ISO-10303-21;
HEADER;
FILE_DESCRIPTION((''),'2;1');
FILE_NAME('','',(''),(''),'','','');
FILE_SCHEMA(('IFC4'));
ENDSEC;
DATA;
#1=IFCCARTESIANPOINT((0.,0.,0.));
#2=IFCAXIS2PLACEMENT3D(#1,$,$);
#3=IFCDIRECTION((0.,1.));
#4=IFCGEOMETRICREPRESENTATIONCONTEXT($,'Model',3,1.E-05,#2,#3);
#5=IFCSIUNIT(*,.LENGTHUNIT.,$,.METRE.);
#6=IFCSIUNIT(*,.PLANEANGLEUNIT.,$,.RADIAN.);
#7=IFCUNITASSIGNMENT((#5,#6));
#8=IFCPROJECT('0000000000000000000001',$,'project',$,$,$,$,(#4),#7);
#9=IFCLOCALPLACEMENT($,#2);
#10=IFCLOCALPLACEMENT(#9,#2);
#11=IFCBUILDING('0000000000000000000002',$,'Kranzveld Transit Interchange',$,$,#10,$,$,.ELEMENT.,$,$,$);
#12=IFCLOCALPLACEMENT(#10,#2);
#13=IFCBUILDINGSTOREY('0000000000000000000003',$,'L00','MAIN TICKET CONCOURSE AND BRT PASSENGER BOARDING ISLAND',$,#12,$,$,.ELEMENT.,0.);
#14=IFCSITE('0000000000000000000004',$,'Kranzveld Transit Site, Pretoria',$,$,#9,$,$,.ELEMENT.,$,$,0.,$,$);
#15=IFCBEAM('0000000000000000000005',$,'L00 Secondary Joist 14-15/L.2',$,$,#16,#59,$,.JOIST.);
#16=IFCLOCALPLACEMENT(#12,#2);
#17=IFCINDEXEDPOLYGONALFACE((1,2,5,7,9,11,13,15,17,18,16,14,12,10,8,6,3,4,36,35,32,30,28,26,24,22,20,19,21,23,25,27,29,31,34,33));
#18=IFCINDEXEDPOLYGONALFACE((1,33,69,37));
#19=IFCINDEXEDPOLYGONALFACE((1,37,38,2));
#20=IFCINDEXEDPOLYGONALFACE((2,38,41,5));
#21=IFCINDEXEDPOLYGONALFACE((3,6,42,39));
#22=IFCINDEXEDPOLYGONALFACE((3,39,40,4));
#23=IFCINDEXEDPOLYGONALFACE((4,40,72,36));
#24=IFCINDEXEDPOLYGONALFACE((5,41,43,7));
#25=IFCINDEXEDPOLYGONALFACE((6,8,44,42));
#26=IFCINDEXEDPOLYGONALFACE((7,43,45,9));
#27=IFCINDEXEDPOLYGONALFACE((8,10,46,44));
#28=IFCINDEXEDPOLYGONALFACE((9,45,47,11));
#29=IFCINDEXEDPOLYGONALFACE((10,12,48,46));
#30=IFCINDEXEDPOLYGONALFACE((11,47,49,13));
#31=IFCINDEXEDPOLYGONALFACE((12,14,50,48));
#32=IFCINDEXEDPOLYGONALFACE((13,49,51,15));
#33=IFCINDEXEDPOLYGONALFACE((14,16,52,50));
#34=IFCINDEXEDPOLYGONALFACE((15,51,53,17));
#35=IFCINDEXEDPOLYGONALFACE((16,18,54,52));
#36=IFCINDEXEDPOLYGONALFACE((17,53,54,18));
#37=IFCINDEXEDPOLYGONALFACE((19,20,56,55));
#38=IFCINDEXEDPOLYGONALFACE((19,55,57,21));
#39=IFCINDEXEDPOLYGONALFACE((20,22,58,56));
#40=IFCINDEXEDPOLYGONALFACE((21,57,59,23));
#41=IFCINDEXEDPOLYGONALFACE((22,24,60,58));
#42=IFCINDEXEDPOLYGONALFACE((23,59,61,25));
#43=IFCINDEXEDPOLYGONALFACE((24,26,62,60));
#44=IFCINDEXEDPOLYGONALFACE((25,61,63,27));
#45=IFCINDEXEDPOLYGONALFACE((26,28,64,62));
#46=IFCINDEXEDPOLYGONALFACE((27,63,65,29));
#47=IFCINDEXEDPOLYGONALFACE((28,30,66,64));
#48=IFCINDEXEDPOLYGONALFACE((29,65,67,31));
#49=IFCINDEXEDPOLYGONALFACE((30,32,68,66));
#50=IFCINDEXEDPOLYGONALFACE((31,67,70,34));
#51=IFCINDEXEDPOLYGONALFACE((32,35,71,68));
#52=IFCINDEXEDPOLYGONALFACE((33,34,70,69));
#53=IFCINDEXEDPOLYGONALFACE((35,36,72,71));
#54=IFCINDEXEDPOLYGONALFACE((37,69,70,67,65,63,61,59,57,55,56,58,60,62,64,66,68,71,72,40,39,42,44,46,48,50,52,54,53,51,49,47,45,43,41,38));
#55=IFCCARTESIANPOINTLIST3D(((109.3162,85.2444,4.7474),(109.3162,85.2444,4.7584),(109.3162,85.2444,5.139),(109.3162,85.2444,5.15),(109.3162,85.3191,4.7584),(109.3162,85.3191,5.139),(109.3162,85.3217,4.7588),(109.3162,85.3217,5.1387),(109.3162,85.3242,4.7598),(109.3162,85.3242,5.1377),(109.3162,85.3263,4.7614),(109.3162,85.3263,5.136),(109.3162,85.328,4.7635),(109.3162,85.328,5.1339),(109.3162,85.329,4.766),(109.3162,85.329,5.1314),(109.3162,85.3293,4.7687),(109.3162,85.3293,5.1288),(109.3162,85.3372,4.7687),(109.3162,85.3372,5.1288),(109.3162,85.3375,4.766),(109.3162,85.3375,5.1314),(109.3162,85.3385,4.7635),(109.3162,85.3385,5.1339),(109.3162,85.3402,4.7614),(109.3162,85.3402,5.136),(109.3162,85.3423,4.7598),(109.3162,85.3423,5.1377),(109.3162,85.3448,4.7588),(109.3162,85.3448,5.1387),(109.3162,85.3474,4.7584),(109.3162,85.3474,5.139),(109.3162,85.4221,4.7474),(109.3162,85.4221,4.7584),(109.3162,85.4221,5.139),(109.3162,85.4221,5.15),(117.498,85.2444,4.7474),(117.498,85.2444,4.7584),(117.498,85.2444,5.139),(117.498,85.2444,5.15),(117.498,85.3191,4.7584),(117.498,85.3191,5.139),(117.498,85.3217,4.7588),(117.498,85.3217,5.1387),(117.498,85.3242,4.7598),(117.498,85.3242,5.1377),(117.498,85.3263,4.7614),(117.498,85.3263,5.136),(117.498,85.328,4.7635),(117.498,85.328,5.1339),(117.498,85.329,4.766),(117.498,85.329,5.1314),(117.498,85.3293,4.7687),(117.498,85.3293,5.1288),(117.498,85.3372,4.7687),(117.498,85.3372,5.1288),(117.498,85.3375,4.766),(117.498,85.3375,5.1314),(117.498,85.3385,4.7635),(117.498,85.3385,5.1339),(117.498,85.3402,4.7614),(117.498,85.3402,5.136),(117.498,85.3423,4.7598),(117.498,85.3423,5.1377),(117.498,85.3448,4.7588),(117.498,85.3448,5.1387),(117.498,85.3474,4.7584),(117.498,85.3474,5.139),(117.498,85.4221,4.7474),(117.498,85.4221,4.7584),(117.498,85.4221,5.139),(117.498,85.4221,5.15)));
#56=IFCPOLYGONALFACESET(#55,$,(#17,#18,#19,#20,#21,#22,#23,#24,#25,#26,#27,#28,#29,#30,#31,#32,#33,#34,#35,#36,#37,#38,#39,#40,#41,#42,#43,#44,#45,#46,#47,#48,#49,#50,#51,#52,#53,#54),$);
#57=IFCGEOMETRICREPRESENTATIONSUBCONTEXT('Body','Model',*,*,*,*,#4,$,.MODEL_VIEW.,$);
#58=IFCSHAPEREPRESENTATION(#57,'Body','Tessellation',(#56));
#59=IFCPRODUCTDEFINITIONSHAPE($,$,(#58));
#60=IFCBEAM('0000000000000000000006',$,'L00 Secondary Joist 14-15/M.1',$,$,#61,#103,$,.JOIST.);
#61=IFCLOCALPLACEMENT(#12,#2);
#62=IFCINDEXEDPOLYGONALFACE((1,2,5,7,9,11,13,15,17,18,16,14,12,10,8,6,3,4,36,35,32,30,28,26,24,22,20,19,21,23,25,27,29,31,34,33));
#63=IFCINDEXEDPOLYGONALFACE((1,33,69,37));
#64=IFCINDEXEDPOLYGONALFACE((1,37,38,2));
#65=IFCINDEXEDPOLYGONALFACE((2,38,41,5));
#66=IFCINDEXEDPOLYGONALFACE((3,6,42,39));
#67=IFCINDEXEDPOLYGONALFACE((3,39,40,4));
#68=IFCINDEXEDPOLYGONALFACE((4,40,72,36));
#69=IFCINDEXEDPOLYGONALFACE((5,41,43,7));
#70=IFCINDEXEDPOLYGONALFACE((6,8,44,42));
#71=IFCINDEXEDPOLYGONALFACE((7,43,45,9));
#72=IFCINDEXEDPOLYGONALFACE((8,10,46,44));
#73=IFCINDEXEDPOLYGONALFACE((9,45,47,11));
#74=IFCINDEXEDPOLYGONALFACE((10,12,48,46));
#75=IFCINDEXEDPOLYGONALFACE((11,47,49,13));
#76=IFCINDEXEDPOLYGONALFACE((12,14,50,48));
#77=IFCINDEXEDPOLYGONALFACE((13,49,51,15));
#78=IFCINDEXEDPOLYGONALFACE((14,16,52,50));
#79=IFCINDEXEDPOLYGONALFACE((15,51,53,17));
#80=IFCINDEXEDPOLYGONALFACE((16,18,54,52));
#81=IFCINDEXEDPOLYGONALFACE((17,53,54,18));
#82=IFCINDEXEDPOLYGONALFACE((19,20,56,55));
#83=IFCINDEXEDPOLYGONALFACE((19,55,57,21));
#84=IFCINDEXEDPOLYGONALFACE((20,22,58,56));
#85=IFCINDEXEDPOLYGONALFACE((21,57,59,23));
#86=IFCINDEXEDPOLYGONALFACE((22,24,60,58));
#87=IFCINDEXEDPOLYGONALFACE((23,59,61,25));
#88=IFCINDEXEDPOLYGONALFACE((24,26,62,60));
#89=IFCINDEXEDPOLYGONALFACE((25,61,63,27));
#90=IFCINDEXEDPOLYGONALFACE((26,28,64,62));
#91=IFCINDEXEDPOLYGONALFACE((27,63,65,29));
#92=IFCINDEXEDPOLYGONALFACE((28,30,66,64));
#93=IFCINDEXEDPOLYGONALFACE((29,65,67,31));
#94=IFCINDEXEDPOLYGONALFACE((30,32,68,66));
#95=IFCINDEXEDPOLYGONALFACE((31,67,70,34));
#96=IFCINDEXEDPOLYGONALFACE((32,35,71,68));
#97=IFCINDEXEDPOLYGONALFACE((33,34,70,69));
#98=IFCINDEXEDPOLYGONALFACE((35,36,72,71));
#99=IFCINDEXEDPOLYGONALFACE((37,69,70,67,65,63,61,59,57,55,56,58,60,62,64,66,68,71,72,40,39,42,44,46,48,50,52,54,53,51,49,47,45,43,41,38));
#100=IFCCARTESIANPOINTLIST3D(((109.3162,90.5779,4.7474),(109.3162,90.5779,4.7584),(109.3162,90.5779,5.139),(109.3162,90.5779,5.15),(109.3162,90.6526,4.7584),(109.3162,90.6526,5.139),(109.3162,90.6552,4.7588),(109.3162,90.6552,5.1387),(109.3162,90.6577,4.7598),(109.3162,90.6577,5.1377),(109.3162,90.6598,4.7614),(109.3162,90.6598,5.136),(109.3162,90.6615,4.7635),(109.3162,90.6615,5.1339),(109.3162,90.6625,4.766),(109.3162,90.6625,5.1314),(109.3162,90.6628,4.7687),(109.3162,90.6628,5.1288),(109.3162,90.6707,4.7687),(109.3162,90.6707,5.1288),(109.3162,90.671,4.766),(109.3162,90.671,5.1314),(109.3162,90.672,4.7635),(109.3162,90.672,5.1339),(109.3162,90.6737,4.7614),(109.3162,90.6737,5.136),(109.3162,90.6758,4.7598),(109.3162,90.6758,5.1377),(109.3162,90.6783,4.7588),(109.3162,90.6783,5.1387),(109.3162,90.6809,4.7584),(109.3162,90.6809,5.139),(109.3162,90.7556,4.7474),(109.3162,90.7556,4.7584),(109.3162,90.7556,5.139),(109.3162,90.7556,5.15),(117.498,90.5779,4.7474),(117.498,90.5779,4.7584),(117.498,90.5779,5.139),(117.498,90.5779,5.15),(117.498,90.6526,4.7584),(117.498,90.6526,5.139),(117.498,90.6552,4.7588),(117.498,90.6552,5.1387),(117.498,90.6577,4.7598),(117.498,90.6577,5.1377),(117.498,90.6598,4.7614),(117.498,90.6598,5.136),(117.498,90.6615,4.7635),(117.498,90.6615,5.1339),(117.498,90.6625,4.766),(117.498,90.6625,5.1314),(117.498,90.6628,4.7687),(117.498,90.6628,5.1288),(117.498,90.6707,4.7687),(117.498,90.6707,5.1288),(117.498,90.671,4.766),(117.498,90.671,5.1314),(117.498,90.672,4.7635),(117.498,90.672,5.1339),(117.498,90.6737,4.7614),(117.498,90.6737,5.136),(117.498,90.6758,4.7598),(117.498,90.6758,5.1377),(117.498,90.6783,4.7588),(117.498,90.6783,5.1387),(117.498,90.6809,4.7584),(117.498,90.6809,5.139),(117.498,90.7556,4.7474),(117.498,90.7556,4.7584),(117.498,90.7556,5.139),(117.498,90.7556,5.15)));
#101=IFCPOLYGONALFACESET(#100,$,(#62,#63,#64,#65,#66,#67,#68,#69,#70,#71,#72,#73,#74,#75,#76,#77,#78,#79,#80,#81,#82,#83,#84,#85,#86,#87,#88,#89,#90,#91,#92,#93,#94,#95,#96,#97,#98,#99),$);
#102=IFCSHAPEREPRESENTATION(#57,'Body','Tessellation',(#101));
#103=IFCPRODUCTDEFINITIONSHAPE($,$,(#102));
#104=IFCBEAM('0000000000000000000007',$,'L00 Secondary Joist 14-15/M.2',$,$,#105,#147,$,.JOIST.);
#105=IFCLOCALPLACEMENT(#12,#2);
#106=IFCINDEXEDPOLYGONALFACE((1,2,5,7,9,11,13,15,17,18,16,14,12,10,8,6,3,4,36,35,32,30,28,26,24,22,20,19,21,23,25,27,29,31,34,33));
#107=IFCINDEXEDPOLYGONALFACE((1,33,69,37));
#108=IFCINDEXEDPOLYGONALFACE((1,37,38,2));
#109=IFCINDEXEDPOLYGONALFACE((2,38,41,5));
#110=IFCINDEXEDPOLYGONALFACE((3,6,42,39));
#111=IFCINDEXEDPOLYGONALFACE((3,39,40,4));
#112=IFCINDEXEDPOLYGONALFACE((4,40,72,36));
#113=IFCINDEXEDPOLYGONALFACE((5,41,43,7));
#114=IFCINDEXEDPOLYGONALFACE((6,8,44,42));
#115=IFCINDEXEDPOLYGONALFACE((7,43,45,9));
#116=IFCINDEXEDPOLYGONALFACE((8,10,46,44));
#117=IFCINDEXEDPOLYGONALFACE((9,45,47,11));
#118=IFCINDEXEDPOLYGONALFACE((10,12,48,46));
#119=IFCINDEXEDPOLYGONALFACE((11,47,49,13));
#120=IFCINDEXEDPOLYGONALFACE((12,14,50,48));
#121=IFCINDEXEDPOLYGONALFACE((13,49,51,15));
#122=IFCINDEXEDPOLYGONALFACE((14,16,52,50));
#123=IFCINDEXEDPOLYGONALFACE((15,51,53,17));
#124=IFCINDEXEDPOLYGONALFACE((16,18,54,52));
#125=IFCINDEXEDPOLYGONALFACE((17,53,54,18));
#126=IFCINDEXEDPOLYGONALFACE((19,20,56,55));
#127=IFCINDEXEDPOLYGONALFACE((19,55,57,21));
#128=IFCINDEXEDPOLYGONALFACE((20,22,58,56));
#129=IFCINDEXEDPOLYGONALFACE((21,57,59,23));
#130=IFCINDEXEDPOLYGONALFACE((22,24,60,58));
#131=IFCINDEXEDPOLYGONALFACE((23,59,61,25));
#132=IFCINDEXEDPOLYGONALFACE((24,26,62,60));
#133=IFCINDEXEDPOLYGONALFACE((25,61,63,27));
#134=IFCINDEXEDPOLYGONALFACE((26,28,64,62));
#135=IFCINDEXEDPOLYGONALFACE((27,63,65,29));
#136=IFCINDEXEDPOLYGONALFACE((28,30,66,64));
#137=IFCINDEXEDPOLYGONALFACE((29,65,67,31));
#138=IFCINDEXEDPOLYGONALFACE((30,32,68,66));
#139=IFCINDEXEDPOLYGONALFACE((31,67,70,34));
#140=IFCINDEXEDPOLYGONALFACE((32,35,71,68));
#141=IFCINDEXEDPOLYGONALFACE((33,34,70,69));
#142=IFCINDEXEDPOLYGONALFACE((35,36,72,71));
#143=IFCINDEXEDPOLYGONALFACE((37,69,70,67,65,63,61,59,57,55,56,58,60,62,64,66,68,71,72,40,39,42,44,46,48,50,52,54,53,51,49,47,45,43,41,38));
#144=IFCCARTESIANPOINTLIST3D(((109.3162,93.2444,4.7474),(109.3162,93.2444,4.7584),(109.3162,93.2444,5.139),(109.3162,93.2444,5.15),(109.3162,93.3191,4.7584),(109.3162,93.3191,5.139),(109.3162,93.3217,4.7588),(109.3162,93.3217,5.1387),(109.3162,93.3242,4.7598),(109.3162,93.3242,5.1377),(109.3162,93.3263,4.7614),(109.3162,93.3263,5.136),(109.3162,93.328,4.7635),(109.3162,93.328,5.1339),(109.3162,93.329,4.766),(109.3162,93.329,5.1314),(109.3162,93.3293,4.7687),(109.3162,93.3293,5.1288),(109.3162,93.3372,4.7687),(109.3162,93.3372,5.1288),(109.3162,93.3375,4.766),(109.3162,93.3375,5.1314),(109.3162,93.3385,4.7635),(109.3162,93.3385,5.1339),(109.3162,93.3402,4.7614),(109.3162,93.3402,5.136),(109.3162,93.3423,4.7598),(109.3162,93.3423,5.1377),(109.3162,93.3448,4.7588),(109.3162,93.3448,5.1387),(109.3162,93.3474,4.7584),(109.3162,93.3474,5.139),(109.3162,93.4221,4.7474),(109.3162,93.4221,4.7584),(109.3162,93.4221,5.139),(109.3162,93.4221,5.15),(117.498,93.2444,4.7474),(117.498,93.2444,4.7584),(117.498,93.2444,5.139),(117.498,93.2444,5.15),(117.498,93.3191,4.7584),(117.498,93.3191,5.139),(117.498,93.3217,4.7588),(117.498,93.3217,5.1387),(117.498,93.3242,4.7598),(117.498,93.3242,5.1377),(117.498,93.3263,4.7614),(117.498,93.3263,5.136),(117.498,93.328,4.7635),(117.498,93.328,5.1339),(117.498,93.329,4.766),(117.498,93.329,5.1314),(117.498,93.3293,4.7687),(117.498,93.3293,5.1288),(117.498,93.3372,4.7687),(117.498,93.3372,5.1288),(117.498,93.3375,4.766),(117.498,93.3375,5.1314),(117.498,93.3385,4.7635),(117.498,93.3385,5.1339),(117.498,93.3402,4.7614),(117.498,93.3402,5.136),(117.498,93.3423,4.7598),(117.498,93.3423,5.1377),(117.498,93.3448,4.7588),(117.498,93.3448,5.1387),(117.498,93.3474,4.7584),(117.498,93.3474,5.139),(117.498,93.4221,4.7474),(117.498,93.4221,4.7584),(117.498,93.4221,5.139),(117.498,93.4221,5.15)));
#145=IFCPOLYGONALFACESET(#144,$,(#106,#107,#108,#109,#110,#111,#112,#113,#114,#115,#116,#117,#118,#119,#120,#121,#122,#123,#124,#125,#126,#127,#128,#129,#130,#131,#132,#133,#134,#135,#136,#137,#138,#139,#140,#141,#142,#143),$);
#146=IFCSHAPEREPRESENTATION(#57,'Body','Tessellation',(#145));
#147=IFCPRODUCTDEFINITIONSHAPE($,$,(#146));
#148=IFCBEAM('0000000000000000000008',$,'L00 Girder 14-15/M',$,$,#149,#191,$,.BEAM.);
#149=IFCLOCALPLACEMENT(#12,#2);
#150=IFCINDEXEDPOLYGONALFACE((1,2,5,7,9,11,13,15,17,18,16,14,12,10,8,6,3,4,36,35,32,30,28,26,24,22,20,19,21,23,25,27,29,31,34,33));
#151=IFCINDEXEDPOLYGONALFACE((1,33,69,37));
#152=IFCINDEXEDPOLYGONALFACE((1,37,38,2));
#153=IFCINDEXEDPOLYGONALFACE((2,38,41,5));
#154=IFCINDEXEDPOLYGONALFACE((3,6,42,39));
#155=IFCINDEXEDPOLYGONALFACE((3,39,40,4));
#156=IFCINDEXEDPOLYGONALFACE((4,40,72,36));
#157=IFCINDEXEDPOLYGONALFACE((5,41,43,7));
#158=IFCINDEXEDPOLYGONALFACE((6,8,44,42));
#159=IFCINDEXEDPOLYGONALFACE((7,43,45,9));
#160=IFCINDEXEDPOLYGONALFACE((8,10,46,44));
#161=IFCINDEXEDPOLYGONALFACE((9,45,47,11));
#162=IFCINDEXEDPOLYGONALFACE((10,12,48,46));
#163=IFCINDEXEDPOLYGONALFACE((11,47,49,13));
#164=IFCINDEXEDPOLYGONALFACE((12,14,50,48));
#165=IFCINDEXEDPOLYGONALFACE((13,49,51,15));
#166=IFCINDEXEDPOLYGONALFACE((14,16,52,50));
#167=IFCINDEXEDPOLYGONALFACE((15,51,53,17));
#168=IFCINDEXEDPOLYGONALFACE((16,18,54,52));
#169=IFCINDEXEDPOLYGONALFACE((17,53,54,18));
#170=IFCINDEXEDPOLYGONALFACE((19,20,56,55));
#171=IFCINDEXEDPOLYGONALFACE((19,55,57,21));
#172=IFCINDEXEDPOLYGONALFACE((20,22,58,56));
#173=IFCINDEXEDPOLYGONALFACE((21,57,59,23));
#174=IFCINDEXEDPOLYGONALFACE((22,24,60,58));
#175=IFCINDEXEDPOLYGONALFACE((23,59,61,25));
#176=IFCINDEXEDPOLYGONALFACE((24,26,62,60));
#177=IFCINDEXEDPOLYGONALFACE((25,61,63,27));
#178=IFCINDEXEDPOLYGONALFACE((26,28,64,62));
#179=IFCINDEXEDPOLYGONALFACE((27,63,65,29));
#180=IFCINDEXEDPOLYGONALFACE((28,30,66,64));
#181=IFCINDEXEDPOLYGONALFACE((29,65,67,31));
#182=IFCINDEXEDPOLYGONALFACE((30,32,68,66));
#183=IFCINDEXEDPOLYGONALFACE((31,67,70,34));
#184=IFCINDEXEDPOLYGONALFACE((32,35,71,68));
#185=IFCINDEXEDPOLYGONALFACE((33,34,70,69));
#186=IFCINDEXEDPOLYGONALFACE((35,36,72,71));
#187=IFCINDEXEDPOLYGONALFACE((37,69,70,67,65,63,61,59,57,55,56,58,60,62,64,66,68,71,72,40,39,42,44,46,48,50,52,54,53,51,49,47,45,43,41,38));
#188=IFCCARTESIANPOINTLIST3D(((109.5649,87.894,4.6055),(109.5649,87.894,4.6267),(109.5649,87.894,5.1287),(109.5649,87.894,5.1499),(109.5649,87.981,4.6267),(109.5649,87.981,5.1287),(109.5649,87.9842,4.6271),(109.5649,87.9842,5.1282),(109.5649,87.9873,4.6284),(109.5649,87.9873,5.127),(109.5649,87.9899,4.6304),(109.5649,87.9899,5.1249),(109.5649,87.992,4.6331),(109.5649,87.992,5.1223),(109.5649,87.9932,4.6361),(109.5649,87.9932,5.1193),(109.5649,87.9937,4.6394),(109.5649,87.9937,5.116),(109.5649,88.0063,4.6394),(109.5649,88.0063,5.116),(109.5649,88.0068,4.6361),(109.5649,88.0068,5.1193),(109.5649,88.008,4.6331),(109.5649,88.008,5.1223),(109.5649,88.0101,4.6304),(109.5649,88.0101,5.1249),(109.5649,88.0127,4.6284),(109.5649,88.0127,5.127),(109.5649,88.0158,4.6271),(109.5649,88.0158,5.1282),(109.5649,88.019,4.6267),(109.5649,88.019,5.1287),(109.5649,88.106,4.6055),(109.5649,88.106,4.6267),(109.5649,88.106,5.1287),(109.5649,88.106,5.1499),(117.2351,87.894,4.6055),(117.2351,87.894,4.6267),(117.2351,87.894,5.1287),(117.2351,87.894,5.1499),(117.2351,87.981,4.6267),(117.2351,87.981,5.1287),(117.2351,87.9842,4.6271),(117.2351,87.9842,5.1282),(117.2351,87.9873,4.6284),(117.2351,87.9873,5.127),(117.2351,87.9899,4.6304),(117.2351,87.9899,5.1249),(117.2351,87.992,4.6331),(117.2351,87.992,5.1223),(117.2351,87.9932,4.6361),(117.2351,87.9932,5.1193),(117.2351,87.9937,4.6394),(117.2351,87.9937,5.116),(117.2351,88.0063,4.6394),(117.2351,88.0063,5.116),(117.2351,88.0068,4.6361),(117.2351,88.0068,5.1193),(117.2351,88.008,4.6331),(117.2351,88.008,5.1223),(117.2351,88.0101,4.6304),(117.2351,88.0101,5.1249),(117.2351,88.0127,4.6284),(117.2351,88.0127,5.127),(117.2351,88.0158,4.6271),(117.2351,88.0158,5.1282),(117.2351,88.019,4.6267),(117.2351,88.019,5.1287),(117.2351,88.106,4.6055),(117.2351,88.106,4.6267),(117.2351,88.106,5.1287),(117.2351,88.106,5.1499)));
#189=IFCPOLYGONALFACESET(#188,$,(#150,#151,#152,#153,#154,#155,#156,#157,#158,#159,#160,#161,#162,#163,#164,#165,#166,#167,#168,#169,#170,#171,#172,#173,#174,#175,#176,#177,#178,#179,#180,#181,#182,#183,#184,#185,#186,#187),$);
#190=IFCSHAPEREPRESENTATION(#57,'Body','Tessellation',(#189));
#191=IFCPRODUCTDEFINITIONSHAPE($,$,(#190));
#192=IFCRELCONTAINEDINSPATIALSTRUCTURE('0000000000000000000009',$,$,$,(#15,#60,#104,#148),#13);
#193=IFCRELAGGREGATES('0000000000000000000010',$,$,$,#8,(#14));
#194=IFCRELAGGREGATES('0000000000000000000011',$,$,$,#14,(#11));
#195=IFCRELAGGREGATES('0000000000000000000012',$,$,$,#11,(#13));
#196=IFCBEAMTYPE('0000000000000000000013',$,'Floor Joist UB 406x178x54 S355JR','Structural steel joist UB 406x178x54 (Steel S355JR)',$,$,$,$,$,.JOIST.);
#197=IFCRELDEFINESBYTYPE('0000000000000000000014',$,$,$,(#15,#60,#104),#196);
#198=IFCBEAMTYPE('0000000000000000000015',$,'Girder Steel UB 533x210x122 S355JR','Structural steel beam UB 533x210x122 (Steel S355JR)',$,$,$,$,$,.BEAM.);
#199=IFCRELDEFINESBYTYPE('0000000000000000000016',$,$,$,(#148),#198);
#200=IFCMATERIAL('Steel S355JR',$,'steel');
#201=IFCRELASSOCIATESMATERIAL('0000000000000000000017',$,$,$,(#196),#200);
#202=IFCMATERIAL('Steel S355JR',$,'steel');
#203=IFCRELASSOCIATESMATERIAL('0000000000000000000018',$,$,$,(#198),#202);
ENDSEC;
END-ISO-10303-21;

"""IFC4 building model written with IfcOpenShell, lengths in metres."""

from ifc_helpers import new_model, si_unit, direction, frame, origin, origin_2d, place, context, subcontext, project, spatial, i_section, extrude, material, material_profile, profile_set, type_object, element, save


model = new_model("IFC4")

# Units and contexts
model_context = context("Model", 3, precision=1e-05, world=origin(), true_north=direction((0.0, 1.0)))
body_context = subcontext(model_context, "Body", "Model", "MODEL_VIEW")
ifc_project = project(units=[si_unit("LENGTHUNIT", "METRE"), si_unit("PLANEANGLEUNIT", "RADIAN")], contexts=[model_context])

# Site, building, storey
site_placement = place(None, origin())
site = spatial("IfcSite", under=ifc_project, at=site_placement, Name="Kranzveld Transit Site, Pretoria", CompositionType="ELEMENT", RefElevation=0.0)
building_placement = place(site_placement, origin())
building = spatial("IfcBuilding", under=site, at=building_placement, Name="Kranzveld Transit Interchange", CompositionType="ELEMENT")
storey_placement = place(building_placement, origin())
storey = spatial("IfcBuildingStorey", under=building, at=storey_placement, Name="L00", Description="MAIN TICKET CONCOURSE AND BRT PASSENGER BOARDING ISLAND", CompositionType="ELEMENT", Elevation=0.0)

# Beams
ifc_material_1 = material(Name="Steel S355JR", Category="steel")
ifc_material_profile_1 = material_profile(ifc_material_1, i_section(OverallWidth=0.1777, OverallDepth=0.4026, WebThickness=0.0078, FlangeThickness=0.011, FilletRadius=0.0103, at=origin_2d()), Name="UB 406x178x54")
ifc_profile_set_1 = profile_set([ifc_material_profile_1], Name="Steel S355JR")
beam_type_1 = type_object("IfcBeamType", Name="Floor Joist UB 406x178x54 S355JR", Description="Structural steel joist UB 406x178x54 (Steel S355JR)", PredefinedType="JOIST", material=ifc_profile_set_1)
for number, where, z_axis, x_axis, name in (
    (1, (109.3162, 85.3333, 4.9487), (1.0, 0.0, 0.0), (0.0, 1.0, 0.0), "L00 Secondary Joist 14-15/L.2"),
    (2, (109.3162, 90.6667, 4.9487), (1.0, 0.0, 0.0), (0.0, 1.0, 0.0), "L00 Secondary Joist 14-15/M.1"),
    (3, (109.3162, 93.3333, 4.9487), (1.0, 0.0, 0.0), (0.0, 1.0, 0.0), "L00 Secondary Joist 14-15/M.2"),
):
    element("IfcBeam", number, at=place(storey_placement, frame(where, z_axis=z_axis, x_axis=x_axis)), inside=storey, type_object=beam_type_1, Name=name, PredefinedType="JOIST", context=body_context, shape_type="SweptSolid", body=[
        extrude(i_section(OverallWidth=0.1777, OverallDepth=0.4026, WebThickness=0.0078, FlangeThickness=0.011, FilletRadius=0.0103, at=origin_2d()), origin(), (0.0, 0.0, 1.0), 8.1819),
    ])
ifc_material_2 = material(Name="Steel S355JR", Category="steel")
ifc_material_profile_2 = material_profile(ifc_material_2, i_section(OverallWidth=0.2119, OverallDepth=0.5444, WebThickness=0.0127, FlangeThickness=0.0212, FilletRadius=0.0127, at=origin_2d()), Name="UB 533x210x122")
ifc_profile_set_2 = profile_set([ifc_material_profile_2], Name="Steel S355JR")
beam_type_2 = type_object("IfcBeamType", Name="Girder Steel UB 533x210x122 S355JR", Description="Structural steel beam UB 533x210x122 (Steel S355JR)", PredefinedType="BEAM", material=ifc_profile_set_2)
for number, where, z_axis, x_axis, name in (
    (4, (109.5649, 88.0, 4.8777), (1.0, 0.0, 0.0), (0.0, 1.0, 0.0), "L00 Girder 14-15/M"),
):
    element("IfcBeam", number, at=place(storey_placement, frame(where, z_axis=z_axis, x_axis=x_axis)), inside=storey, type_object=beam_type_2, Name=name, PredefinedType="BEAM", context=body_context, shape_type="SweptSolid", body=[
        extrude(i_section(OverallWidth=0.2119, OverallDepth=0.5444, WebThickness=0.0127, FlangeThickness=0.0212, FilletRadius=0.0127, at=origin_2d()), origin(), (0.0, 0.0, 1.0), 7.6702),
    ])

save(model, "model.ifc")
